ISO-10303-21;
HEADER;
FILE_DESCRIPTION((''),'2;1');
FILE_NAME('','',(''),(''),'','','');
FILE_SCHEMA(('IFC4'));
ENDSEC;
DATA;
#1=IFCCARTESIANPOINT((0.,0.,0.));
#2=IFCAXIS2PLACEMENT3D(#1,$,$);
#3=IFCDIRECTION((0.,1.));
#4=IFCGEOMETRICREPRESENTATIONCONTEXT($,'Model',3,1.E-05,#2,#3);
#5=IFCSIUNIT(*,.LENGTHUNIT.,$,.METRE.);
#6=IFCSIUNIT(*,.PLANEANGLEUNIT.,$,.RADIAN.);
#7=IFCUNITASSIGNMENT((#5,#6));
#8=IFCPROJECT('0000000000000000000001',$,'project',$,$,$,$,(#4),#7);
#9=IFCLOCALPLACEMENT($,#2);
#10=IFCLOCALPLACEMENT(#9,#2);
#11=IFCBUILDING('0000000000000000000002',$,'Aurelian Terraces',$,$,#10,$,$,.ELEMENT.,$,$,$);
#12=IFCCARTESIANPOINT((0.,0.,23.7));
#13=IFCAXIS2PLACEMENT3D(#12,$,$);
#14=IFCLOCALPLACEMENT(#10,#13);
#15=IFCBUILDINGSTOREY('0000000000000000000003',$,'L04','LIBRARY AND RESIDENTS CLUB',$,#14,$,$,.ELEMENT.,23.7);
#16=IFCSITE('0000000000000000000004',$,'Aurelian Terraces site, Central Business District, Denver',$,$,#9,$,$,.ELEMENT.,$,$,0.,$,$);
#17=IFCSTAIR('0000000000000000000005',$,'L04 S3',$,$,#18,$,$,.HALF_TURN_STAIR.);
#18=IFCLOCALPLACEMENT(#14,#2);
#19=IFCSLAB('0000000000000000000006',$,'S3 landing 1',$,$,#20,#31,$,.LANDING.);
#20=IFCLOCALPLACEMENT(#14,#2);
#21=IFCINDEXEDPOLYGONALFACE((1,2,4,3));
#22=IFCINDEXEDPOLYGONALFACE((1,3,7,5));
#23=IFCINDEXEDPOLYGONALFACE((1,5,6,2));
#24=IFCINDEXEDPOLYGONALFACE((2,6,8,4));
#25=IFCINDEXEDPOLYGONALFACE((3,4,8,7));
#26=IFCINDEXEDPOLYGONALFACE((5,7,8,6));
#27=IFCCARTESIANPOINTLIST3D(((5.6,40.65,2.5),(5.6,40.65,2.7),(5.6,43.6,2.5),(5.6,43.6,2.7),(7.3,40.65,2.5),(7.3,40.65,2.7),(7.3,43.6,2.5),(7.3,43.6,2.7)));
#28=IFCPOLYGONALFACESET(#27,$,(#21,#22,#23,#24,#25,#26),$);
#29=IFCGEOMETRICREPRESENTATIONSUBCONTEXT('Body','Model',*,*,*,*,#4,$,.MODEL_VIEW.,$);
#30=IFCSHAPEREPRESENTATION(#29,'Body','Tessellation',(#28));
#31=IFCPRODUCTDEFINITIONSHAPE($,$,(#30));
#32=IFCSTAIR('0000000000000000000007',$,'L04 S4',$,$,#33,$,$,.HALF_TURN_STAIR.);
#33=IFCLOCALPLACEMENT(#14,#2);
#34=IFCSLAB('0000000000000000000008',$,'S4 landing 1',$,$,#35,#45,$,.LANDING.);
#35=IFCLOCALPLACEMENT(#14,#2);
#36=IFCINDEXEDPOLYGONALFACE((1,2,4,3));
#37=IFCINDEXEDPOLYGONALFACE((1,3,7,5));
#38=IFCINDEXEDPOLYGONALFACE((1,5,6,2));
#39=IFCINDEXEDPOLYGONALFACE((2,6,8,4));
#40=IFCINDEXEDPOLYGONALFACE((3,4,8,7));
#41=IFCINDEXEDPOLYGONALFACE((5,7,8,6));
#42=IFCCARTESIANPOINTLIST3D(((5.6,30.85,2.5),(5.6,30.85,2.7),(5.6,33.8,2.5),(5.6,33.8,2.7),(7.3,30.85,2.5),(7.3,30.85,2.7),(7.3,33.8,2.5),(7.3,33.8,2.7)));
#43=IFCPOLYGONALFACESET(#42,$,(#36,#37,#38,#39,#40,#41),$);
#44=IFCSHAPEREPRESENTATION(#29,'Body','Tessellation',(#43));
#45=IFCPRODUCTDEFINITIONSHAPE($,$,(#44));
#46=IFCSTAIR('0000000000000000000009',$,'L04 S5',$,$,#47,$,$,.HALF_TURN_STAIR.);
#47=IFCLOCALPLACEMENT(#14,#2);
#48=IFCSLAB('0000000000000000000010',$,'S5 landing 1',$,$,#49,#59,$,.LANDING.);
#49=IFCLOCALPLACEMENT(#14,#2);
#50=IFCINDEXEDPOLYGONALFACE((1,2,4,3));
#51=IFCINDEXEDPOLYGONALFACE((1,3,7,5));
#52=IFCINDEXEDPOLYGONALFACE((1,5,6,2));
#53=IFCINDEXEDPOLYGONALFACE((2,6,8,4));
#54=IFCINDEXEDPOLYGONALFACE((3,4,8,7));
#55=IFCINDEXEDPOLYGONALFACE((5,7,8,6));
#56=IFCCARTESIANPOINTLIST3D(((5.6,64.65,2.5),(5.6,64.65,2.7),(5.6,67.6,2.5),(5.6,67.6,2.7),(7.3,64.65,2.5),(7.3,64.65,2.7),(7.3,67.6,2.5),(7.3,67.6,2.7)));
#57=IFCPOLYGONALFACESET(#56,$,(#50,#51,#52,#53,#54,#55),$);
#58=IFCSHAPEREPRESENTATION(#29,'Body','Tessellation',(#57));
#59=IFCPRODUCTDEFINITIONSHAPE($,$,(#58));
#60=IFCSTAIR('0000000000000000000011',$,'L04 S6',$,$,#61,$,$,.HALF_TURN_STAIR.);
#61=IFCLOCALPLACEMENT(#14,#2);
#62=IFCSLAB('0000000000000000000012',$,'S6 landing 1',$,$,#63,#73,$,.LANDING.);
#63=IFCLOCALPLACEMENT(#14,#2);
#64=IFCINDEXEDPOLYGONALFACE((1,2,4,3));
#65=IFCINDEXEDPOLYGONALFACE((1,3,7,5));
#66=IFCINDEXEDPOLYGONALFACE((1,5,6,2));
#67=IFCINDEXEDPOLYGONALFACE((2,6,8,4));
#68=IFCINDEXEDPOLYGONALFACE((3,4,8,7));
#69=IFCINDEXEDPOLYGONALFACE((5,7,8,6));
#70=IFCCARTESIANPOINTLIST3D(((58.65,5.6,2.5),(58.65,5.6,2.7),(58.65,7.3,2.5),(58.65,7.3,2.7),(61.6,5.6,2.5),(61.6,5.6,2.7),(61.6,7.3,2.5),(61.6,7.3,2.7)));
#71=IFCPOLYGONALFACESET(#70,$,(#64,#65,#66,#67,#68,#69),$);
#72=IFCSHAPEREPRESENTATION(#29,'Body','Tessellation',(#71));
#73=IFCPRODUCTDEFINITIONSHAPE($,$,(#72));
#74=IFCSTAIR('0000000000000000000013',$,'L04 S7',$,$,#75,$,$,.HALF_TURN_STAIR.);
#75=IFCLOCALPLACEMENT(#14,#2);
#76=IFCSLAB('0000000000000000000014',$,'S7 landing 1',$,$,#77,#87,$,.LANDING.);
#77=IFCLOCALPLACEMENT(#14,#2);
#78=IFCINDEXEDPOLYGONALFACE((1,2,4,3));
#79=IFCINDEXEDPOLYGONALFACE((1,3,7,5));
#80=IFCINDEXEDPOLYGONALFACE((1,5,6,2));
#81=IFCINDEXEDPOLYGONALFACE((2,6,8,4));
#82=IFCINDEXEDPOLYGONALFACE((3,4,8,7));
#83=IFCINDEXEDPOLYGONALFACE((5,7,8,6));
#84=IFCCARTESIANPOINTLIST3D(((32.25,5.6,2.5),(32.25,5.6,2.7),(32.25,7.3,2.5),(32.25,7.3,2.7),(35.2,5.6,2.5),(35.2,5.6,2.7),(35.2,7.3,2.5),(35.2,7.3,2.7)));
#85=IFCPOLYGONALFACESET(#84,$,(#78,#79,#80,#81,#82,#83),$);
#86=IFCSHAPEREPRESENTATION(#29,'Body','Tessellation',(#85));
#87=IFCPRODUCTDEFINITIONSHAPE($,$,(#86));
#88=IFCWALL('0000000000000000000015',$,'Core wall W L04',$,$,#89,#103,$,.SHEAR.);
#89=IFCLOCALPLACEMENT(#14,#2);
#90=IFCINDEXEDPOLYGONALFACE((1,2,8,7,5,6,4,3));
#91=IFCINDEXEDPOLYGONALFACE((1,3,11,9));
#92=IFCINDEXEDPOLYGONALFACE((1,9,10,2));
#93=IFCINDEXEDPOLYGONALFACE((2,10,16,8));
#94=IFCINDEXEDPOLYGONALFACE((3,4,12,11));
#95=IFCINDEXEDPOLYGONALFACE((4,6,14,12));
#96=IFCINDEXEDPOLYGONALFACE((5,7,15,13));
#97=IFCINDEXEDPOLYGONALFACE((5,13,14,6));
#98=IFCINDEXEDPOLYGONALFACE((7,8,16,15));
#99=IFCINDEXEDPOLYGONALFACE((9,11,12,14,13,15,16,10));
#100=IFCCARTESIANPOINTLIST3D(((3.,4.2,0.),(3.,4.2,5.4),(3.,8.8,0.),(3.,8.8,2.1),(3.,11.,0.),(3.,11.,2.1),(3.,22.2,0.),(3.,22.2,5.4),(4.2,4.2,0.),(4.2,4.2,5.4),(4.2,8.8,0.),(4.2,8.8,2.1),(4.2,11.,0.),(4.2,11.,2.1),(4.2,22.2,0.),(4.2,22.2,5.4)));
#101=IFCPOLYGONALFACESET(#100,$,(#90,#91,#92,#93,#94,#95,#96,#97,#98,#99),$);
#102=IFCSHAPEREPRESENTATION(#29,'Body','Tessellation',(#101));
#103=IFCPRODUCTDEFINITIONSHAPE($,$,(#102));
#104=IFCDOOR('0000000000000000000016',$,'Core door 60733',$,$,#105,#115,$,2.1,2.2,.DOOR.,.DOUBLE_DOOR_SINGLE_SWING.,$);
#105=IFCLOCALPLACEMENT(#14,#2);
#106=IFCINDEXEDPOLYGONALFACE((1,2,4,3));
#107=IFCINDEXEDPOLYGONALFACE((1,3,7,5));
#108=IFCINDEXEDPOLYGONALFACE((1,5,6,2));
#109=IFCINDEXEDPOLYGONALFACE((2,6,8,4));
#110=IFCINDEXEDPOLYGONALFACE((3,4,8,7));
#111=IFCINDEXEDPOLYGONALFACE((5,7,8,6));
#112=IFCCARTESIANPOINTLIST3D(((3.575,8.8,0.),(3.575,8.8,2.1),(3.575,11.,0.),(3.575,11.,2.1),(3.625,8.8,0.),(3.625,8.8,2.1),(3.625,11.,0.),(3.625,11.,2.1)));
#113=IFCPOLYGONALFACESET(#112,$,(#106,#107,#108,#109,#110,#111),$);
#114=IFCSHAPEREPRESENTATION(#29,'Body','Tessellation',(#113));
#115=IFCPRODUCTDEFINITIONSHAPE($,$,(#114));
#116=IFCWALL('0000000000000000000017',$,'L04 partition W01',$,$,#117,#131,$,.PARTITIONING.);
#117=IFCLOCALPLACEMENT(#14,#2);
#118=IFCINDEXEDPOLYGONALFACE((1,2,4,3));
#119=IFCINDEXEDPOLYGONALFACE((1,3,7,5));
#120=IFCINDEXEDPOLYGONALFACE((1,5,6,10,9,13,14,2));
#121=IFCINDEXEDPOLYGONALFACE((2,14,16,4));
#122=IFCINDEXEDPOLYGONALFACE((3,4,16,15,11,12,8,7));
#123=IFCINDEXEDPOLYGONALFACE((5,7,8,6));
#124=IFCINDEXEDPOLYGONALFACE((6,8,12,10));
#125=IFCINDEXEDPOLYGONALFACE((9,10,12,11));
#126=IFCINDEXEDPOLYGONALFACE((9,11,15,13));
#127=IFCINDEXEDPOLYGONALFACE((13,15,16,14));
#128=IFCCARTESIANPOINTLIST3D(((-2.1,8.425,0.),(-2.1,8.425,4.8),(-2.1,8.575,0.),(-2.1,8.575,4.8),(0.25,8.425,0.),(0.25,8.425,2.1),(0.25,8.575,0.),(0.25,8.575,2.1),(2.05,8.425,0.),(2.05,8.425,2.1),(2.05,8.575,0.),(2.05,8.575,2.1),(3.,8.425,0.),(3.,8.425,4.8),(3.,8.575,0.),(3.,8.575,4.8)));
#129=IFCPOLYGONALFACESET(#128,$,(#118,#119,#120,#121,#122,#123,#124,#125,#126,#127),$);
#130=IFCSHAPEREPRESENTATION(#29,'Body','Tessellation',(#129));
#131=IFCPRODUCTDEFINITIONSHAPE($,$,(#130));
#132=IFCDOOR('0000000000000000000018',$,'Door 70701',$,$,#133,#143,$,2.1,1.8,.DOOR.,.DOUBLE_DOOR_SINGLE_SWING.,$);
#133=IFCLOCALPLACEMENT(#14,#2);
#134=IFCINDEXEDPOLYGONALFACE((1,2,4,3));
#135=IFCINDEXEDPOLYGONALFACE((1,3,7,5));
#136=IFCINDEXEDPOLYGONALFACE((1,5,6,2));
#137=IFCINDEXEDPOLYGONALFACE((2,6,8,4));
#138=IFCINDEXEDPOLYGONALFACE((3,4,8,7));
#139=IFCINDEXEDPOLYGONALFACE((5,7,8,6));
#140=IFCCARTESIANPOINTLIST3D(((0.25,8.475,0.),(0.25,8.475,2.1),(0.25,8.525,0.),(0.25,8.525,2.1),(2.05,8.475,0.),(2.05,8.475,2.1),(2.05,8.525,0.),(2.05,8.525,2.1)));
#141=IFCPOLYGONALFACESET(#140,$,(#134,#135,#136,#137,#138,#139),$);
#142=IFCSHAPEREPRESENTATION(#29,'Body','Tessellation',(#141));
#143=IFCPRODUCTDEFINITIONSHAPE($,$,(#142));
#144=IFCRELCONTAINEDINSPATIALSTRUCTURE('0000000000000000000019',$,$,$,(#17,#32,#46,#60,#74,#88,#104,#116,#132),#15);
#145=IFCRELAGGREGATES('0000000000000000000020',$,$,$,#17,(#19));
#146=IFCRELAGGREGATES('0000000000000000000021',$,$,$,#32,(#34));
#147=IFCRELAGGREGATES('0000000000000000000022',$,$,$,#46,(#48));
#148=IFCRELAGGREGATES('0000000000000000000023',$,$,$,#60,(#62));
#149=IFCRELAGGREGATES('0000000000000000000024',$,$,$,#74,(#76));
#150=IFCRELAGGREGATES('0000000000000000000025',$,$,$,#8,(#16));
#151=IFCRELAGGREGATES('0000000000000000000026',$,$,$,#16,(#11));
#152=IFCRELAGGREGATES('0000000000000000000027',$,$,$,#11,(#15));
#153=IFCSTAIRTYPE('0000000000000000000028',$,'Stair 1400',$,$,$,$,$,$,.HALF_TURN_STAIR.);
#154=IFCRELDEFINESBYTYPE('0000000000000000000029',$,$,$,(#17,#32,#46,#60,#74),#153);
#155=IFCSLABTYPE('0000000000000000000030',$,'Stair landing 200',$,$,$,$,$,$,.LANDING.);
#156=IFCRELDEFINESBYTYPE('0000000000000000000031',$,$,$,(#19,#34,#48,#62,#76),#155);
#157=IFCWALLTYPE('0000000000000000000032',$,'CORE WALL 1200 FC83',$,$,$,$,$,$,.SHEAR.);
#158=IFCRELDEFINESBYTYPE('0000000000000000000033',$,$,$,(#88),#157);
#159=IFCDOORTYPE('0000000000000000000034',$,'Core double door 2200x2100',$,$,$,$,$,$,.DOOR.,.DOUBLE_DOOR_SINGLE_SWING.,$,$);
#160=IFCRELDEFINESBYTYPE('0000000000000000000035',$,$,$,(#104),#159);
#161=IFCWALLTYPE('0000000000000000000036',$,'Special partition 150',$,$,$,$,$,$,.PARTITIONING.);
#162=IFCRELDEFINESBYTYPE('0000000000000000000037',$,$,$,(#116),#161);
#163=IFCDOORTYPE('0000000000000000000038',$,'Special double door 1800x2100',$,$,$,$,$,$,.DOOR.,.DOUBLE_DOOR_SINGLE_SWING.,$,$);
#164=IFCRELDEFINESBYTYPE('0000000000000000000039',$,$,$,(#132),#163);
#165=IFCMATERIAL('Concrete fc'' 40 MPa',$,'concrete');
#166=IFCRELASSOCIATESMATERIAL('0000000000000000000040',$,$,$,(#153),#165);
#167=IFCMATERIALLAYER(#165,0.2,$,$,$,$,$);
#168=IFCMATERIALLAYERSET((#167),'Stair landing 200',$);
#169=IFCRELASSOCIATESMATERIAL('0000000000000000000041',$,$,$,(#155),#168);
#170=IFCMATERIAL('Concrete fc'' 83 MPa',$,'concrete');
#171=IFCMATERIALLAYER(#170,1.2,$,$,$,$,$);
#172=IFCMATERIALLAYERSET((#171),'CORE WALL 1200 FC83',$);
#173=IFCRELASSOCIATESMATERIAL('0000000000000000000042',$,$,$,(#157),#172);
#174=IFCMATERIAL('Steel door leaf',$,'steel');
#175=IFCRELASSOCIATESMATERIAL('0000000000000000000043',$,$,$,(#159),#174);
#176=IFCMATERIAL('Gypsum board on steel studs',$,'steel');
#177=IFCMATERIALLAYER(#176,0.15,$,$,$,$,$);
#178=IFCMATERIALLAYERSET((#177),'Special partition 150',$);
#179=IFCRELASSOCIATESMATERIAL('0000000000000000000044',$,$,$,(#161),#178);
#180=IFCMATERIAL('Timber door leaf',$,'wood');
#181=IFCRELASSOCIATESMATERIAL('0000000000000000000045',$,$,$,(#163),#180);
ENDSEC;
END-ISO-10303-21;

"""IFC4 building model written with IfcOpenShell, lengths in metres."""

from ifc_helpers import new_model, si_unit, direction, frame, frame_2d, origin, place, context, subcontext, project, spatial, polyline, rectangle, outline, extrude, source, transform, mapped, material, layer, layer_set, type_object, element, fill, aggregate, save


model = new_model("IFC4")

# Units and contexts
model_context = context("Model", 3, precision=1e-05, world=origin(), true_north=direction((0.0, 1.0)))
body_context = subcontext(model_context, "Body", "Model", "MODEL_VIEW")
ifc_project = project(units=[si_unit("LENGTHUNIT", "METRE"), si_unit("PLANEANGLEUNIT", "RADIAN")], contexts=[model_context])

# Site, building, storey
site_placement = place(None, origin())
site = spatial("IfcSite", under=ifc_project, at=site_placement, Name="Aurelian Terraces site, Central Business District, Denver", CompositionType="ELEMENT", RefElevation=0.0)
building_placement = place(site_placement, origin())
building = spatial("IfcBuilding", under=site, at=building_placement, Name="Aurelian Terraces", CompositionType="ELEMENT")
storey_placement = place(building_placement, frame((0.0, 0.0, 23.7)))
storey = spatial("IfcBuildingStorey", under=building, at=storey_placement, Name="L04", Description="LIBRARY AND RESIDENTS CLUB", CompositionType="ELEMENT", Elevation=23.7)

# Shared definitions
ifc_material_1 = material(Name="Concrete fc' 83 MPa", Category="concrete")

# Shared definitions
ifc_material_2 = material(Name="Concrete fc' 40 MPa", Category="concrete")

# Stairs, slabs
stair_type = type_object("IfcStairType", Name="Stair 1400", PredefinedType="HALF_TURN_STAIR", material=ifc_material_2)
ifc_layer_1 = layer(ifc_material_2, 0.2)
ifc_layer_set_1 = layer_set([ifc_layer_1], Name="Stair landing 200")
slab_type_1 = type_object("IfcSlabType", Name="Stair landing 200", PredefinedType="LANDING", material=ifc_layer_set_1)
stair_1_placement = place(storey_placement, origin())
stair_1 = element("IfcStair", 1, at=stair_1_placement, inside=storey, type_object=stair_type, Name="L04 S3", PredefinedType="HALF_TURN_STAIR")
shared_shape_1 = source(origin(), body_context, "Body", "SweptSolid", [
    extrude(outline(polyline([(5.6, 40.65), (7.3, 40.65), (7.3, 43.6), (5.6, 43.6), (5.6, 40.65)])), origin(), (0.0, 0.0, 1.0), 0.2),
])
slab_1_placement = place(storey_placement, frame((0.0, 0.0, 2.5)))
slab_1 = element("IfcSlab", 2, at=slab_1_placement, type_object=slab_type_1, Name="S3 landing 1", PredefinedType="LANDING", context=body_context, shape_type="MappedRepresentation", body=[
    mapped(shared_shape_1, transform((0.0, 0.0, 0.0), scale=1.0)),
])
aggregate(stair_1, [slab_1])
stair_2_placement = place(storey_placement, origin())
stair_2 = element("IfcStair", 3, at=stair_2_placement, inside=storey, type_object=stair_type, Name="L04 S4", PredefinedType="HALF_TURN_STAIR")
shared_shape_2 = source(origin(), body_context, "Body", "SweptSolid", [
    extrude(outline(polyline([(5.6, 30.85), (7.3, 30.85), (7.3, 33.8), (5.6, 33.8), (5.6, 30.85)])), origin(), (0.0, 0.0, 1.0), 0.2),
])
slab_2_placement = place(storey_placement, frame((0.0, 0.0, 2.5)))
slab_2 = element("IfcSlab", 4, at=slab_2_placement, type_object=slab_type_1, Name="S4 landing 1", PredefinedType="LANDING", context=body_context, shape_type="MappedRepresentation", body=[
    mapped(shared_shape_2, transform((0.0, 0.0, 0.0), scale=1.0)),
])
aggregate(stair_2, [slab_2])
stair_3_placement = place(storey_placement, origin())
stair_3 = element("IfcStair", 5, at=stair_3_placement, inside=storey, type_object=stair_type, Name="L04 S5", PredefinedType="HALF_TURN_STAIR")
shared_shape_3 = source(origin(), body_context, "Body", "SweptSolid", [
    extrude(outline(polyline([(5.6, 64.65), (7.3, 64.65), (7.3, 67.6), (5.6, 67.6), (5.6, 64.65)])), origin(), (0.0, 0.0, 1.0), 0.2),
])
slab_3_placement = place(storey_placement, frame((0.0, 0.0, 2.5)))
slab_3 = element("IfcSlab", 6, at=slab_3_placement, type_object=slab_type_1, Name="S5 landing 1", PredefinedType="LANDING", context=body_context, shape_type="MappedRepresentation", body=[
    mapped(shared_shape_3, transform((0.0, 0.0, 0.0), scale=1.0)),
])
aggregate(stair_3, [slab_3])
stair_4_placement = place(storey_placement, origin())
stair_4 = element("IfcStair", 7, at=stair_4_placement, inside=storey, type_object=stair_type, Name="L04 S6", PredefinedType="HALF_TURN_STAIR")
shared_shape_4 = source(origin(), body_context, "Body", "SweptSolid", [
    extrude(outline(polyline([(61.6, 5.6), (61.6, 7.3), (58.65, 7.3), (58.65, 5.6), (61.6, 5.6)])), origin(), (0.0, 0.0, 1.0), 0.2),
])
slab_4_placement = place(storey_placement, frame((0.0, 0.0, 2.5)))
slab_4 = element("IfcSlab", 8, at=slab_4_placement, type_object=slab_type_1, Name="S6 landing 1", PredefinedType="LANDING", context=body_context, shape_type="MappedRepresentation", body=[
    mapped(shared_shape_4, transform((0.0, 0.0, 0.0), scale=1.0)),
])
aggregate(stair_4, [slab_4])
stair_5_placement = place(storey_placement, origin())
stair_5 = element("IfcStair", 9, at=stair_5_placement, inside=storey, type_object=stair_type, Name="L04 S7", PredefinedType="HALF_TURN_STAIR")
shared_shape_5 = source(origin(), body_context, "Body", "SweptSolid", [
    extrude(outline(polyline([(35.2, 5.6), (35.2, 7.3), (32.25, 7.3), (32.25, 5.6), (35.2, 5.6)])), origin(), (0.0, 0.0, 1.0), 0.2),
])
slab_5_placement = place(storey_placement, frame((0.0, 0.0, 2.5)))
slab_5 = element("IfcSlab", 10, at=slab_5_placement, type_object=slab_type_1, Name="S7 landing 1", PredefinedType="LANDING", context=body_context, shape_type="MappedRepresentation", body=[
    mapped(shared_shape_5, transform((0.0, 0.0, 0.0), scale=1.0)),
])
aggregate(stair_5, [slab_5])

# Walls, openings, doors
ifc_layer_2 = layer(ifc_material_1, 1.2)
ifc_layer_set_2 = layer_set([ifc_layer_2], Name="CORE WALL 1200 FC83")
wall_type_1 = type_object("IfcWallType", Name="CORE WALL 1200 FC83", PredefinedType="SHEAR", material=ifc_layer_set_2)
shared_shape_6 = source(origin(), body_context, "Body", "SweptSolid", [
    extrude(rectangle(XDim=18.0, YDim=1.2, at=frame_2d((9.0, 0.0))), origin(), (0.0, 0.0, 1.0), 5.4),
])
wall_1_placement = place(storey_placement, frame((3.6, 4.2, 0.0), z_axis=(0.0, 0.0, 1.0), x_axis=(0.0, 1.0, 0.0)))
wall_1 = element("IfcWall", 11, at=wall_1_placement, inside=storey, type_object=wall_type_1, Name="Core wall W L04", PredefinedType="SHEAR", context=body_context, shape_type="MappedRepresentation", body=[
    mapped(shared_shape_6, transform((0.0, 0.0, 0.0), scale=1.0)),
])
shared_shape_7 = source(origin(), body_context, "Body", "SweptSolid", [
    extrude(rectangle(XDim=2.2, YDim=2.1, at=frame_2d((1.1, 1.05))), frame((0.0, 0.61, 0.0), z_axis=(0.0, -1.0, 0.0), x_axis=(1.0, 0.0, 0.0)), (0.0, 0.0, 1.0), 1.22),
])
opening_1_placement = place(wall_1_placement, frame((4.6, 0.0, 0.0)))
opening_1 = element("IfcOpeningElement", 12, at=opening_1_placement, cuts=wall_1, PredefinedType="OPENING", context=body_context, shape_type="MappedRepresentation", body=[
    mapped(shared_shape_7, transform((0.0, 0.0, 0.0), scale=1.0)),
])
ifc_material_3 = material(Name="Steel door leaf", Category="steel")
door_type_1 = type_object("IfcDoorType", Name="Core double door 2200x2100", OperationType="DOUBLE_DOOR_SINGLE_SWING", PredefinedType="DOOR", material=ifc_material_3)
shared_shape_8 = source(origin(), body_context, "Body", "SweptSolid", [
    extrude(rectangle(XDim=2.2, YDim=2.1, at=frame_2d((1.1, 1.05))), frame((0.0, 0.025, 0.0), z_axis=(0.0, -1.0, 0.0), x_axis=(1.0, 0.0, 0.0)), (0.0, 0.0, 1.0), 0.05),
])
door_1_placement = place(opening_1_placement, origin())
door_1 = element("IfcDoor", 13, at=door_1_placement, inside=storey, type_object=door_type_1, Name="Core door 60733", OperationType="DOUBLE_DOOR_SINGLE_SWING", OverallHeight=2.1, OverallWidth=2.2, PredefinedType="DOOR", context=body_context, shape_type="MappedRepresentation", body=[
    mapped(shared_shape_8, transform((0.0, 0.0, 0.0), scale=1.0)),
])
fill(opening_1, door_1)
ifc_material_4 = material(Name="Gypsum board on steel studs", Category="steel")
ifc_layer_3 = layer(ifc_material_4, 0.15)
ifc_layer_set_3 = layer_set([ifc_layer_3], Name="Special partition 150")
wall_type_2 = type_object("IfcWallType", Name="Special partition 150", PredefinedType="PARTITIONING", material=ifc_layer_set_3)
shared_shape_9 = source(origin(), body_context, "Body", "SweptSolid", [
    extrude(rectangle(XDim=5.1, YDim=0.15, at=frame_2d((2.55, 0.0))), origin(), (0.0, 0.0, 1.0), 4.8),
])
wall_2_placement = place(storey_placement, frame((-2.1, 8.5, 0.0), z_axis=(0.0, 0.0, 1.0), x_axis=(1.0, 0.0, 0.0)))
wall_2 = element("IfcWall", 14, at=wall_2_placement, inside=storey, type_object=wall_type_2, Name="L04 partition W01", PredefinedType="PARTITIONING", context=body_context, shape_type="MappedRepresentation", body=[
    mapped(shared_shape_9, transform((0.0, 0.0, 0.0), scale=1.0)),
])
shared_shape_10 = source(origin(), body_context, "Body", "SweptSolid", [
    extrude(rectangle(XDim=1.8, YDim=2.1, at=frame_2d((0.9, 1.05))), frame((0.0, 0.085, 0.0), z_axis=(0.0, -1.0, 0.0), x_axis=(1.0, 0.0, 0.0)), (0.0, 0.0, 1.0), 0.17),
])
opening_2_placement = place(wall_2_placement, frame((2.35, 0.0, 0.0)))
opening_2 = element("IfcOpeningElement", 15, at=opening_2_placement, cuts=wall_2, PredefinedType="OPENING", context=body_context, shape_type="MappedRepresentation", body=[
    mapped(shared_shape_10, transform((0.0, 0.0, 0.0), scale=1.0)),
])
ifc_material_5 = material(Name="Timber door leaf", Category="wood")
door_type_2 = type_object("IfcDoorType", Name="Special double door 1800x2100", OperationType="DOUBLE_DOOR_SINGLE_SWING", PredefinedType="DOOR", material=ifc_material_5)
shared_shape_11 = source(origin(), body_context, "Body", "SweptSolid", [
    extrude(rectangle(XDim=1.8, YDim=2.1, at=frame_2d((0.9, 1.05))), frame((0.0, 0.025, 0.0), z_axis=(0.0, -1.0, 0.0), x_axis=(1.0, 0.0, 0.0)), (0.0, 0.0, 1.0), 0.05),
])
door_2_placement = place(opening_2_placement, origin())
door_2 = element("IfcDoor", 16, at=door_2_placement, inside=storey, type_object=door_type_2, Name="Door 70701", OperationType="DOUBLE_DOOR_SINGLE_SWING", OverallHeight=2.1, OverallWidth=1.8, PredefinedType="DOOR", context=body_context, shape_type="MappedRepresentation", body=[
    mapped(shared_shape_11, transform((0.0, 0.0, 0.0), scale=1.0)),
])
fill(opening_2, door_2)

save(model, "model.ifc")
